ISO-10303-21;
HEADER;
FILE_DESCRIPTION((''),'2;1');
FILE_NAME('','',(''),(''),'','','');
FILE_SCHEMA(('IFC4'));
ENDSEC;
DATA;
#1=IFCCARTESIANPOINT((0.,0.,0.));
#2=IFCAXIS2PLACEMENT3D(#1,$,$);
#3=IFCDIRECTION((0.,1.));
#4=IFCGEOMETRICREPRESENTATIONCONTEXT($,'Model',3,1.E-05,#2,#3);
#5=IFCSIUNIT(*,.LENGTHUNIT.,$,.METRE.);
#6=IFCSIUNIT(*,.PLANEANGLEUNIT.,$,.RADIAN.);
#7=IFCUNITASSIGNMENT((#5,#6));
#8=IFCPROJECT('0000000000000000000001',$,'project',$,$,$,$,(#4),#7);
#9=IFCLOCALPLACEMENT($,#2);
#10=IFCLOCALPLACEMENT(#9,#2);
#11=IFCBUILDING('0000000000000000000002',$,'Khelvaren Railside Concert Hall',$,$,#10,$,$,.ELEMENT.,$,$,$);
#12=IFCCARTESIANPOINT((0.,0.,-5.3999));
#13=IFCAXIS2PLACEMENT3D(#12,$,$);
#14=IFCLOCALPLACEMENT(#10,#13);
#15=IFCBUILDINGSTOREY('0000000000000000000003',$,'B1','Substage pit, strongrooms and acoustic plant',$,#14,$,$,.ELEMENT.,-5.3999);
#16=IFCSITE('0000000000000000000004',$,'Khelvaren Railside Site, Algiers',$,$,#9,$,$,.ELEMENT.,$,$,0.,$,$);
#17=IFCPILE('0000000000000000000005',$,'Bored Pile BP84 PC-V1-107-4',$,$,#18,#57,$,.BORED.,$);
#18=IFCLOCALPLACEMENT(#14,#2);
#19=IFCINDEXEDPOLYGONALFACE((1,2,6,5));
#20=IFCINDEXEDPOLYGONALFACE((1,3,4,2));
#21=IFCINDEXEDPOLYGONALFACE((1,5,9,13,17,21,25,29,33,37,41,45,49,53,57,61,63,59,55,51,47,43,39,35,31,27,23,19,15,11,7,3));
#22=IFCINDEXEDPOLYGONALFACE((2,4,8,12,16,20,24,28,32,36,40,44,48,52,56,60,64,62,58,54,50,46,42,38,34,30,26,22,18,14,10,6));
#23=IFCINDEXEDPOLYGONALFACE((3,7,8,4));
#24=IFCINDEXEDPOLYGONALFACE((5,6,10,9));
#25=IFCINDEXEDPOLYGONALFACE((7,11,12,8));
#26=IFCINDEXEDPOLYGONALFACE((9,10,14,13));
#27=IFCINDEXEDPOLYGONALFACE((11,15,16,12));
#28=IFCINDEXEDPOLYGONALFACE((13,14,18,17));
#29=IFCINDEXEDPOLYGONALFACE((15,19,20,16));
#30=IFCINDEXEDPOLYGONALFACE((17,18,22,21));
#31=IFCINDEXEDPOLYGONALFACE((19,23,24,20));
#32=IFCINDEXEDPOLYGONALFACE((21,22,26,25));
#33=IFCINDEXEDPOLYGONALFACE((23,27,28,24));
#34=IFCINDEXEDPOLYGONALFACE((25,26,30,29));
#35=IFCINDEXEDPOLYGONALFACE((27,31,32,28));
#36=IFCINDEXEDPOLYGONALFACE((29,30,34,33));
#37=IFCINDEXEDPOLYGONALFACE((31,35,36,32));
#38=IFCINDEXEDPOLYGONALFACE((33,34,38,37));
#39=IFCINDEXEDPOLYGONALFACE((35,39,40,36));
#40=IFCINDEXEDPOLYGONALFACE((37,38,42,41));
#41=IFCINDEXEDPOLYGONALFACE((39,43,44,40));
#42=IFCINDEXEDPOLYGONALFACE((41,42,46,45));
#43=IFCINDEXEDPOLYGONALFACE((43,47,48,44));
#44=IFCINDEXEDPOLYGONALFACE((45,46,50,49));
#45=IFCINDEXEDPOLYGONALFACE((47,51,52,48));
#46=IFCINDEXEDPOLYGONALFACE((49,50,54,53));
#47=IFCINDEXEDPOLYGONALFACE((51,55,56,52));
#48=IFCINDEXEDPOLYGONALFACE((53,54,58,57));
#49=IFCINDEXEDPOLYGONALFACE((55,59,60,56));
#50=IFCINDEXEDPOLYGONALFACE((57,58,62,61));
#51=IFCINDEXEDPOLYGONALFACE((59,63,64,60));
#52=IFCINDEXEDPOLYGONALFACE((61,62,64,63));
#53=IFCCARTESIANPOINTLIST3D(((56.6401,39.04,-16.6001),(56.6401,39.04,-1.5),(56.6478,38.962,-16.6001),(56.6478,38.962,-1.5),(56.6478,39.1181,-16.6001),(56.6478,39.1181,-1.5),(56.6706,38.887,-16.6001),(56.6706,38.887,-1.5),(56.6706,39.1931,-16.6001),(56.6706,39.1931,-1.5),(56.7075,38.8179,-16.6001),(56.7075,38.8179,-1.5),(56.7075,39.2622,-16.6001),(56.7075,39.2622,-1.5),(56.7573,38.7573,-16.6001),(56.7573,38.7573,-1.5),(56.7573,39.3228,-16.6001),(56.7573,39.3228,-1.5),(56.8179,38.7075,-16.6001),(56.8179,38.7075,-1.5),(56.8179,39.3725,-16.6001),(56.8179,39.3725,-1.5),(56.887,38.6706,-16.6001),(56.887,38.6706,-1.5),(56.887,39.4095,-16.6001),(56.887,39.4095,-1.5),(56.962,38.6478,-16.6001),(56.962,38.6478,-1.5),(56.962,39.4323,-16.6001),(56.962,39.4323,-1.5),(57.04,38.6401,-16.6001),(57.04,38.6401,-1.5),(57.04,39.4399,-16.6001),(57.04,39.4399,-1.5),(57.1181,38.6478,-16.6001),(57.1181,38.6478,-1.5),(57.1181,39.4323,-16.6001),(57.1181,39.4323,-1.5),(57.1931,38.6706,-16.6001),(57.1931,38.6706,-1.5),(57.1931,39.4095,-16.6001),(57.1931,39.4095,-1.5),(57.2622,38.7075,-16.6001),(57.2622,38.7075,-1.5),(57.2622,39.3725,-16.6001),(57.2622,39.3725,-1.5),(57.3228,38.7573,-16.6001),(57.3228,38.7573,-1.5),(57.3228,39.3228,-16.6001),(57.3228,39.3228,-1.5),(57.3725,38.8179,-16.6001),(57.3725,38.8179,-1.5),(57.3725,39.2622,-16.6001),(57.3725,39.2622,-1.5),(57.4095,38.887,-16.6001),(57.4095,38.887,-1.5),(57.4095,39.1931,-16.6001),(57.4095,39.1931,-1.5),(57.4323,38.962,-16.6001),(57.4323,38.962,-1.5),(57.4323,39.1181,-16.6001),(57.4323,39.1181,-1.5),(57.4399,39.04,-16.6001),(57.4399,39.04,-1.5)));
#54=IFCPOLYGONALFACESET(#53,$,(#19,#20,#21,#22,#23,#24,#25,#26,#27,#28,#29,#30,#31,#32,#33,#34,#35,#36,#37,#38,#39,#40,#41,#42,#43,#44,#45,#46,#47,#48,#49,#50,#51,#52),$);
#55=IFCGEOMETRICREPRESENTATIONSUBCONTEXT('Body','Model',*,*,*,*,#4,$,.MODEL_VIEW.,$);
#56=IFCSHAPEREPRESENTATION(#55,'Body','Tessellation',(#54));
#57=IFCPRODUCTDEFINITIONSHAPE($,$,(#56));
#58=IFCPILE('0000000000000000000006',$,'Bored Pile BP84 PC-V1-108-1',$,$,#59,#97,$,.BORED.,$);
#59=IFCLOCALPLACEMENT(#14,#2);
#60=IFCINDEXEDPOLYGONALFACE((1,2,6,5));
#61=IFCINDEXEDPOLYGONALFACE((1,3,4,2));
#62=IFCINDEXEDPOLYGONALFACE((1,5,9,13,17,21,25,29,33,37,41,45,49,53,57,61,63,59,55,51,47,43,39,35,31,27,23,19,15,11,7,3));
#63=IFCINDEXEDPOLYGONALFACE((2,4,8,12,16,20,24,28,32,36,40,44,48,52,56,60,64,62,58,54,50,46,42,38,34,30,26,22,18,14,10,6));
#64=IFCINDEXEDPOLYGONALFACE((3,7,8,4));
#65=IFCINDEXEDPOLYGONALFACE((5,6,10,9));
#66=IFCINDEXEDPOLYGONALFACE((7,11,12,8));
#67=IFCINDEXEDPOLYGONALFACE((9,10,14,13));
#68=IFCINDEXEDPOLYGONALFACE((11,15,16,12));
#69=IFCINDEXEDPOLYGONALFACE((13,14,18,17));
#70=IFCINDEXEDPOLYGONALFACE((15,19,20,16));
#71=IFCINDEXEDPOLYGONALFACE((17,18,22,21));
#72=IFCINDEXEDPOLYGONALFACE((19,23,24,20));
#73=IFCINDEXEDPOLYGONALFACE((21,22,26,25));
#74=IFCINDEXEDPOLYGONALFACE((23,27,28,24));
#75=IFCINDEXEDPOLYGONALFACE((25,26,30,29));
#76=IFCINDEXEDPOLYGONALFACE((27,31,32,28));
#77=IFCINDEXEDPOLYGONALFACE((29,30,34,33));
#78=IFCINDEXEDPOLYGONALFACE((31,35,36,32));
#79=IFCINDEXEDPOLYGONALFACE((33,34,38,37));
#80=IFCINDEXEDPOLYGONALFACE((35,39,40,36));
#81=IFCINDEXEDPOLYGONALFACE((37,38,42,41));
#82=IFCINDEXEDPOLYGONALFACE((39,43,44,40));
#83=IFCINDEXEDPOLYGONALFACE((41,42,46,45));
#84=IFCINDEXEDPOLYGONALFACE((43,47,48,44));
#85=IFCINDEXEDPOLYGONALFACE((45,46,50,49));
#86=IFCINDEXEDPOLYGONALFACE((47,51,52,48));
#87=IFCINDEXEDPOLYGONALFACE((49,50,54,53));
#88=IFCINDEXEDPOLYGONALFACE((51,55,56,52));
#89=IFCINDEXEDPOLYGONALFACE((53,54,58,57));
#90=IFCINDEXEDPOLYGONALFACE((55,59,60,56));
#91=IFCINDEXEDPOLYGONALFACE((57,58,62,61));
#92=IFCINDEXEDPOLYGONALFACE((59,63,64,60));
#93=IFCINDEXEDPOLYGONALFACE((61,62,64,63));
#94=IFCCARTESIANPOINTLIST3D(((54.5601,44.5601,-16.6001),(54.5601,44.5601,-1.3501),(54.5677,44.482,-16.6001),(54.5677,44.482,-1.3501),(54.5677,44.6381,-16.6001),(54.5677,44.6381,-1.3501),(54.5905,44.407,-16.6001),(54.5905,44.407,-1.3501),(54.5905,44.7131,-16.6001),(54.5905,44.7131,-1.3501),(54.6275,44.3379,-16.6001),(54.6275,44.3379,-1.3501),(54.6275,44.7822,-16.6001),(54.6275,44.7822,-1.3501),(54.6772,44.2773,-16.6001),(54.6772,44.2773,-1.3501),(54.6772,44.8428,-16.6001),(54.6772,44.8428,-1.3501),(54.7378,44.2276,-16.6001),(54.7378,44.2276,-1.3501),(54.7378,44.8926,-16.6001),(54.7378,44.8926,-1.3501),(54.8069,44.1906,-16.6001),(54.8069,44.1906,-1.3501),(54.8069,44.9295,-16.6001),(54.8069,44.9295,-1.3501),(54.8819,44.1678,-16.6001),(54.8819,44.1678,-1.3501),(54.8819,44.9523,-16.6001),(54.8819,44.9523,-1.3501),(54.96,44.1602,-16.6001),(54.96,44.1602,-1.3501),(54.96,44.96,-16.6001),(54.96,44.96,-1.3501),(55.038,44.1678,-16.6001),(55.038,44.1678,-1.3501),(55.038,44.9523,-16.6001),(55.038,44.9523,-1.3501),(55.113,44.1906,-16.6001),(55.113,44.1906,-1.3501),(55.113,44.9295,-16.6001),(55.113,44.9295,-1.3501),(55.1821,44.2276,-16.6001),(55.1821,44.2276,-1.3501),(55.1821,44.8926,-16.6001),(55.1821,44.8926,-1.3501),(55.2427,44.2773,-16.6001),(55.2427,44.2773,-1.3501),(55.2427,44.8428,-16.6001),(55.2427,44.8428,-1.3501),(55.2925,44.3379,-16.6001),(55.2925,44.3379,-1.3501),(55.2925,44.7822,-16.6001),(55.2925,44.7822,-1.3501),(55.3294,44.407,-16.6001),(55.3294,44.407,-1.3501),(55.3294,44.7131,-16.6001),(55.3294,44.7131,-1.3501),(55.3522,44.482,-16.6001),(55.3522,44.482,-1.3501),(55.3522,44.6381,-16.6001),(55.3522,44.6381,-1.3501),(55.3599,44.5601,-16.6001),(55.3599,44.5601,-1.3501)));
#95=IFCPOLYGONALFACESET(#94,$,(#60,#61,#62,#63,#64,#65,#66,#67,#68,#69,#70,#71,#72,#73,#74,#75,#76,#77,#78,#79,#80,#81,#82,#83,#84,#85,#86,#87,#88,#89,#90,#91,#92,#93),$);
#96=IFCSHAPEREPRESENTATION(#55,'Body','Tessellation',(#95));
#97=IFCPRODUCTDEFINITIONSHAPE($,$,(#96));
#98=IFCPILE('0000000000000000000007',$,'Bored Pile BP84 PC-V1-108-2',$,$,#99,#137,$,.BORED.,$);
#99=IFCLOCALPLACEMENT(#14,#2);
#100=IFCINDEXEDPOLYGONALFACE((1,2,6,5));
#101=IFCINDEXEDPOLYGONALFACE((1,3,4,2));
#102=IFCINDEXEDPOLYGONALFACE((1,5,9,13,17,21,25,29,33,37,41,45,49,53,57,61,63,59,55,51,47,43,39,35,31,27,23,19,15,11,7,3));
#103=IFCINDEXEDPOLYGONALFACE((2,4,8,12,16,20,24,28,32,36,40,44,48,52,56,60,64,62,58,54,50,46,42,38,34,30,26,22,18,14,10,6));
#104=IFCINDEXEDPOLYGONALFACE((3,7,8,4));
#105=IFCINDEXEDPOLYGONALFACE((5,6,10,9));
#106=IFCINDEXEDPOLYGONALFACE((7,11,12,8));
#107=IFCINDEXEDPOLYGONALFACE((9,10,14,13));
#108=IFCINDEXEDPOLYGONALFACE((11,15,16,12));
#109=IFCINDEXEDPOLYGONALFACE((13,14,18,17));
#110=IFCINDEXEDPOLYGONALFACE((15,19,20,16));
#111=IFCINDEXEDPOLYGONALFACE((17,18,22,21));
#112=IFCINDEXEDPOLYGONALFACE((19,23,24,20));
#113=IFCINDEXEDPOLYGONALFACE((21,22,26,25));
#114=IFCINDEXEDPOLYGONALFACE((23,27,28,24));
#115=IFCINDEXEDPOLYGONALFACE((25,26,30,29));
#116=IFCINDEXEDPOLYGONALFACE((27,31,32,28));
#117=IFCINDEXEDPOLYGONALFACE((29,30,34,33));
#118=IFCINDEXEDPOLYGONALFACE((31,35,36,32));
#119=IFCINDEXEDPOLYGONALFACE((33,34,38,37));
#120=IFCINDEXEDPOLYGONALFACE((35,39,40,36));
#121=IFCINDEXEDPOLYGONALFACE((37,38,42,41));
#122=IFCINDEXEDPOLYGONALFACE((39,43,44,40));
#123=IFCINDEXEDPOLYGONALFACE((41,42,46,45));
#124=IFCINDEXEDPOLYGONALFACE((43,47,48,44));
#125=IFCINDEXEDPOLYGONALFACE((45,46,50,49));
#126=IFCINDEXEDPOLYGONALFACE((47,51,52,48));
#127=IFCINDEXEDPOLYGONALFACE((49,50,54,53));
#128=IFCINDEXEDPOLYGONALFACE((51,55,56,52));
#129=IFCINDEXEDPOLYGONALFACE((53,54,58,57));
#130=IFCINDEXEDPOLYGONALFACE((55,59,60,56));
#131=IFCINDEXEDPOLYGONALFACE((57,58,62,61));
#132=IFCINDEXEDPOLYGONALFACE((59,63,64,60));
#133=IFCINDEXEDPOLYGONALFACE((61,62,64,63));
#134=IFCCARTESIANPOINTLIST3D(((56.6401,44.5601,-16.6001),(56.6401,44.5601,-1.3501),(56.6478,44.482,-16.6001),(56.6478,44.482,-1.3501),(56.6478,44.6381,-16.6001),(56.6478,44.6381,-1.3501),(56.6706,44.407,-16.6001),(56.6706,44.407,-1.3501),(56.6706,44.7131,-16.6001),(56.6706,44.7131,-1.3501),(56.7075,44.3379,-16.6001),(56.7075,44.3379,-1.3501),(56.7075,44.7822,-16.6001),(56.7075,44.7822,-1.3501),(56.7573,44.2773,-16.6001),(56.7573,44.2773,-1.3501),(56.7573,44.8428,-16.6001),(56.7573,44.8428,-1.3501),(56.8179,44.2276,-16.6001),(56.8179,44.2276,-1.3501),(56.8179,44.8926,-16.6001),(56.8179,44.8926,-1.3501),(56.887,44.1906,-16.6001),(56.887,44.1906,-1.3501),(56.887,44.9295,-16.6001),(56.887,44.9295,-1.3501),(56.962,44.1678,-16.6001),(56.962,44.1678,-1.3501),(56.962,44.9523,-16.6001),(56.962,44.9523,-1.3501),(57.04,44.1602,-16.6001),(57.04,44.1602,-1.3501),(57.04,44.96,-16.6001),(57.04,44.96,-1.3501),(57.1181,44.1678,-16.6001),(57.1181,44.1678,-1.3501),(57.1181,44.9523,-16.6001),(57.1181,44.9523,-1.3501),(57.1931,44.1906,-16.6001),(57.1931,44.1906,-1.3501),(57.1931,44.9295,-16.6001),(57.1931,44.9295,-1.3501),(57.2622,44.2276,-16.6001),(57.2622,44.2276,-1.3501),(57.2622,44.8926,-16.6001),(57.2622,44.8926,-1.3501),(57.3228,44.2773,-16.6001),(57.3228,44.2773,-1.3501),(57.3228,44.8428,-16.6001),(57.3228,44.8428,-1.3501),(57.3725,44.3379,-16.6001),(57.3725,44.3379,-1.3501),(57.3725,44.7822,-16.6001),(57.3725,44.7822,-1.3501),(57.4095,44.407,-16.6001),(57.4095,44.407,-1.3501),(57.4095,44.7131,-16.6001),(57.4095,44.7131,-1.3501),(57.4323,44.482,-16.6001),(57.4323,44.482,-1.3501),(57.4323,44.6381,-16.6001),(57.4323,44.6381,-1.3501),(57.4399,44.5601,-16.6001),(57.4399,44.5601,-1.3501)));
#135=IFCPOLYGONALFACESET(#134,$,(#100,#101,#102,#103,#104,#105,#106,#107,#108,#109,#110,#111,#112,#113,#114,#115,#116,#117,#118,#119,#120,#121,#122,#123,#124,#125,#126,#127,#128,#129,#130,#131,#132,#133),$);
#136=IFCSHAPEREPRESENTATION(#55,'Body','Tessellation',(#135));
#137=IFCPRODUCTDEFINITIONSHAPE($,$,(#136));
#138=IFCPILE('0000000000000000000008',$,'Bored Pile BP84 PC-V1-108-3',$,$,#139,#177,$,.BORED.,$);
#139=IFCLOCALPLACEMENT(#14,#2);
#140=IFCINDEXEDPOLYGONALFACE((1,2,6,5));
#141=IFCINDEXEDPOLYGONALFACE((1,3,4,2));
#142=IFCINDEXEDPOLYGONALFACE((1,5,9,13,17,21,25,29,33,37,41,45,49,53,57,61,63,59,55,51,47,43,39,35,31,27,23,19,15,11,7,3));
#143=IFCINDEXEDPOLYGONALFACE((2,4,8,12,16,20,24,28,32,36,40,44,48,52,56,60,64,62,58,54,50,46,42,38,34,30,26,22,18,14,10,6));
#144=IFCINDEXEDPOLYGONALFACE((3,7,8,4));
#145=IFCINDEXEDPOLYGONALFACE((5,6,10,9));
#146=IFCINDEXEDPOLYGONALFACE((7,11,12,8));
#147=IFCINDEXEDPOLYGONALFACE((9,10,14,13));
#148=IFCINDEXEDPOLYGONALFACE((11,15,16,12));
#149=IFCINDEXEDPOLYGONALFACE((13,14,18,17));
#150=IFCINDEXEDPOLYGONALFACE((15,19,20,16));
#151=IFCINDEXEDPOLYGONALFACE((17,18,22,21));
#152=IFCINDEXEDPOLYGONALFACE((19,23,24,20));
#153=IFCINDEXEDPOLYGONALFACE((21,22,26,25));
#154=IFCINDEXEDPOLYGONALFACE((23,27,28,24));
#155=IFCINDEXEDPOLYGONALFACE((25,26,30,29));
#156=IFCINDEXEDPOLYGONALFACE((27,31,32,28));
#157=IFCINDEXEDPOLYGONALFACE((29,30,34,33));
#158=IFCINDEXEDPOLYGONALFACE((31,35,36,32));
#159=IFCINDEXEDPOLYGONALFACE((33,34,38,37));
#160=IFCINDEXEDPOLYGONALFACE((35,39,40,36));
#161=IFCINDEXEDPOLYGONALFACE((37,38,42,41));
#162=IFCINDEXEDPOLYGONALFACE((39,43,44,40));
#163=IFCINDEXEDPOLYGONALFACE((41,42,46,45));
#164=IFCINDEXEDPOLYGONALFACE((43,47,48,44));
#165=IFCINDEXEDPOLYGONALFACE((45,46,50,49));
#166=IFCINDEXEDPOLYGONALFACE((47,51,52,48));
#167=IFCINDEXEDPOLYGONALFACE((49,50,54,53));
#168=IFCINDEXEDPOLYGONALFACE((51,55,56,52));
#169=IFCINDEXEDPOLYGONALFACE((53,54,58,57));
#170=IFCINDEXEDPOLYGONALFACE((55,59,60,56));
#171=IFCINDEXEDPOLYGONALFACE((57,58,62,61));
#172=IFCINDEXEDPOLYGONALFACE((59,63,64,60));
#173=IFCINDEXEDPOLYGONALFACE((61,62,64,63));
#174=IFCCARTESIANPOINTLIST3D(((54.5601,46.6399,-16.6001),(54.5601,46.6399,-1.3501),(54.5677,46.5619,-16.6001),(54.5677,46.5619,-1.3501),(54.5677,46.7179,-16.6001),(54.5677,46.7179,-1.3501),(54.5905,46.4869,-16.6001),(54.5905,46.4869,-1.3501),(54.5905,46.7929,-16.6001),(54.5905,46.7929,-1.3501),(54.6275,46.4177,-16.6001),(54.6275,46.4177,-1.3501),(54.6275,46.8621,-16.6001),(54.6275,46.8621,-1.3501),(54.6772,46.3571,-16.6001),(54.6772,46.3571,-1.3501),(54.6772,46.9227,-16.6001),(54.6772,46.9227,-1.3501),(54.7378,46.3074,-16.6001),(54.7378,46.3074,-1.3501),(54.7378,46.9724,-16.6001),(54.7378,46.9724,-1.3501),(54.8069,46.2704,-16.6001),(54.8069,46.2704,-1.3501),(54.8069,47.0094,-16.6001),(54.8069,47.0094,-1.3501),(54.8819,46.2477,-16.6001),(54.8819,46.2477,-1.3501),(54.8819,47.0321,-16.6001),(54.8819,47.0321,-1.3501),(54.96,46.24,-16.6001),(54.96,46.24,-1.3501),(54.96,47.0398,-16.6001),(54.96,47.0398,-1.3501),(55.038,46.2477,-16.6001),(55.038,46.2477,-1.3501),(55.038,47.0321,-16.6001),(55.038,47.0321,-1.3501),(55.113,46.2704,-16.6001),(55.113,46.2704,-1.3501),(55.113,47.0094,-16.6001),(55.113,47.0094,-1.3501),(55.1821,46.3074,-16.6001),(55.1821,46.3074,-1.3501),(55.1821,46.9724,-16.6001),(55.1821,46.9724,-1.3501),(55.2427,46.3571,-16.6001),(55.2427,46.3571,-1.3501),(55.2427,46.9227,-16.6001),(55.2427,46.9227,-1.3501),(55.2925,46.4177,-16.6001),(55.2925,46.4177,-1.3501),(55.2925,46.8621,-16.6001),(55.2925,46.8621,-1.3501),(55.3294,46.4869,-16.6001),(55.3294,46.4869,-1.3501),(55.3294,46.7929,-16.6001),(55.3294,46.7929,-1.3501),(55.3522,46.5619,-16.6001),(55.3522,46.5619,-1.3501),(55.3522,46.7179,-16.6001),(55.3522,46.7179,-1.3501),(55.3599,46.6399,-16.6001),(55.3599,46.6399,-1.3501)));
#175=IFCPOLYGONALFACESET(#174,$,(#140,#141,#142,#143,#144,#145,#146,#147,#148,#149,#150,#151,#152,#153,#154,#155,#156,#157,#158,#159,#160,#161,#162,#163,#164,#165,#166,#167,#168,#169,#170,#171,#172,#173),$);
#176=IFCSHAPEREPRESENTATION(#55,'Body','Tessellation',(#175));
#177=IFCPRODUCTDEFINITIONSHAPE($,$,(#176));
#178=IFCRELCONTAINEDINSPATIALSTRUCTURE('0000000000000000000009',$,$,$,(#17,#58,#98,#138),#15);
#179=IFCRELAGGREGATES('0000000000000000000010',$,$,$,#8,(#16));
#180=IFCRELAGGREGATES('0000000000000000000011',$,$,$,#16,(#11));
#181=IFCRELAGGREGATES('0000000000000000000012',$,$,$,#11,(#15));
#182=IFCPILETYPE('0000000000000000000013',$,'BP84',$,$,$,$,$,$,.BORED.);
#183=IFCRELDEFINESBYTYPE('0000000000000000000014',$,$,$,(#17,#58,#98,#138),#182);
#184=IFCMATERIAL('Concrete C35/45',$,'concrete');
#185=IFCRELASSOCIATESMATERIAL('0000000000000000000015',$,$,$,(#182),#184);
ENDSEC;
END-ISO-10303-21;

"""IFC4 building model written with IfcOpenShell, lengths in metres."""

from ifc_helpers import new_model, si_unit, direction, frame, origin, origin_2d, place, context, subcontext, project, spatial, circle, extrude, material, material_profile, profile_set, type_object, element, save


model = new_model("IFC4")

# Units and contexts
model_context = context("Model", 3, precision=1e-05, world=origin(), true_north=direction((0.0, 1.0)))
body_context = subcontext(model_context, "Body", "Model", "MODEL_VIEW")
ifc_project = project(units=[si_unit("LENGTHUNIT", "METRE"), si_unit("PLANEANGLEUNIT", "RADIAN")], contexts=[model_context])

# Site, building, storey
site_placement = place(None, origin())
site = spatial("IfcSite", under=ifc_project, at=site_placement, Name="Khelvaren Railside Site, Algiers", CompositionType="ELEMENT", RefElevation=0.0)
building_placement = place(site_placement, origin())
building = spatial("IfcBuilding", under=site, at=building_placement, Name="Khelvaren Railside Concert Hall", CompositionType="ELEMENT")
storey_placement = place(building_placement, frame((0.0, 0.0, -5.3999)))
storey = spatial("IfcBuildingStorey", under=building, at=storey_placement, Name="B1", Description="Substage pit, strongrooms and acoustic plant", CompositionType="ELEMENT", Elevation=-5.3999)

# Piles
ifc_material_1 = material(Name="Concrete C35/45", Category="concrete")
ifc_material_profile_1 = material_profile(ifc_material_1, circle(Radius=0.3999, at=origin_2d()), Name="BP D800")
ifc_profile_set_1 = profile_set([ifc_material_profile_1], Name="Concrete C35/45")
pile_type_1 = type_object("IfcPileType", Name="BP84", PredefinedType="BORED", material=ifc_profile_set_1)
for number, where, z_axis, x_axis, name in (
    (1, (57.04, 39.04, -1.5), (0.0, 0.0, -1.0), (1.0, 0.0, 0.0), "Bored Pile BP84 PC-V1-107-4"),
):
    element("IfcPile", number, at=place(storey_placement, frame(where, z_axis=z_axis, x_axis=x_axis)), inside=storey, type_object=pile_type_1, Name=name, PredefinedType="BORED", context=body_context, shape_type="SweptSolid", body=[
        extrude(circle(Radius=0.3999, at=origin_2d()), origin(), (0.0, 0.0, 1.0), 15.1001),
    ])
for number, where, z_axis, x_axis, name in (
    (2, (54.96, 44.5601, -1.3501), (0.0, 0.0, -1.0), (1.0, 0.0, 0.0), "Bored Pile BP84 PC-V1-108-1"),
    (3, (57.04, 44.5601, -1.3501), (0.0, 0.0, -1.0), (1.0, 0.0, 0.0), "Bored Pile BP84 PC-V1-108-2"),
    (4, (54.96, 46.6399, -1.3501), (0.0, 0.0, -1.0), (1.0, 0.0, 0.0), "Bored Pile BP84 PC-V1-108-3"),
):
    element("IfcPile", number, at=place(storey_placement, frame(where, z_axis=z_axis, x_axis=x_axis)), inside=storey, type_object=pile_type_1, Name=name, PredefinedType="BORED", context=body_context, shape_type="SweptSolid", body=[
        extrude(circle(Radius=0.3999, at=origin_2d()), origin(), (0.0, 0.0, 1.0), 15.25),
    ])

save(model, "model.ifc")
